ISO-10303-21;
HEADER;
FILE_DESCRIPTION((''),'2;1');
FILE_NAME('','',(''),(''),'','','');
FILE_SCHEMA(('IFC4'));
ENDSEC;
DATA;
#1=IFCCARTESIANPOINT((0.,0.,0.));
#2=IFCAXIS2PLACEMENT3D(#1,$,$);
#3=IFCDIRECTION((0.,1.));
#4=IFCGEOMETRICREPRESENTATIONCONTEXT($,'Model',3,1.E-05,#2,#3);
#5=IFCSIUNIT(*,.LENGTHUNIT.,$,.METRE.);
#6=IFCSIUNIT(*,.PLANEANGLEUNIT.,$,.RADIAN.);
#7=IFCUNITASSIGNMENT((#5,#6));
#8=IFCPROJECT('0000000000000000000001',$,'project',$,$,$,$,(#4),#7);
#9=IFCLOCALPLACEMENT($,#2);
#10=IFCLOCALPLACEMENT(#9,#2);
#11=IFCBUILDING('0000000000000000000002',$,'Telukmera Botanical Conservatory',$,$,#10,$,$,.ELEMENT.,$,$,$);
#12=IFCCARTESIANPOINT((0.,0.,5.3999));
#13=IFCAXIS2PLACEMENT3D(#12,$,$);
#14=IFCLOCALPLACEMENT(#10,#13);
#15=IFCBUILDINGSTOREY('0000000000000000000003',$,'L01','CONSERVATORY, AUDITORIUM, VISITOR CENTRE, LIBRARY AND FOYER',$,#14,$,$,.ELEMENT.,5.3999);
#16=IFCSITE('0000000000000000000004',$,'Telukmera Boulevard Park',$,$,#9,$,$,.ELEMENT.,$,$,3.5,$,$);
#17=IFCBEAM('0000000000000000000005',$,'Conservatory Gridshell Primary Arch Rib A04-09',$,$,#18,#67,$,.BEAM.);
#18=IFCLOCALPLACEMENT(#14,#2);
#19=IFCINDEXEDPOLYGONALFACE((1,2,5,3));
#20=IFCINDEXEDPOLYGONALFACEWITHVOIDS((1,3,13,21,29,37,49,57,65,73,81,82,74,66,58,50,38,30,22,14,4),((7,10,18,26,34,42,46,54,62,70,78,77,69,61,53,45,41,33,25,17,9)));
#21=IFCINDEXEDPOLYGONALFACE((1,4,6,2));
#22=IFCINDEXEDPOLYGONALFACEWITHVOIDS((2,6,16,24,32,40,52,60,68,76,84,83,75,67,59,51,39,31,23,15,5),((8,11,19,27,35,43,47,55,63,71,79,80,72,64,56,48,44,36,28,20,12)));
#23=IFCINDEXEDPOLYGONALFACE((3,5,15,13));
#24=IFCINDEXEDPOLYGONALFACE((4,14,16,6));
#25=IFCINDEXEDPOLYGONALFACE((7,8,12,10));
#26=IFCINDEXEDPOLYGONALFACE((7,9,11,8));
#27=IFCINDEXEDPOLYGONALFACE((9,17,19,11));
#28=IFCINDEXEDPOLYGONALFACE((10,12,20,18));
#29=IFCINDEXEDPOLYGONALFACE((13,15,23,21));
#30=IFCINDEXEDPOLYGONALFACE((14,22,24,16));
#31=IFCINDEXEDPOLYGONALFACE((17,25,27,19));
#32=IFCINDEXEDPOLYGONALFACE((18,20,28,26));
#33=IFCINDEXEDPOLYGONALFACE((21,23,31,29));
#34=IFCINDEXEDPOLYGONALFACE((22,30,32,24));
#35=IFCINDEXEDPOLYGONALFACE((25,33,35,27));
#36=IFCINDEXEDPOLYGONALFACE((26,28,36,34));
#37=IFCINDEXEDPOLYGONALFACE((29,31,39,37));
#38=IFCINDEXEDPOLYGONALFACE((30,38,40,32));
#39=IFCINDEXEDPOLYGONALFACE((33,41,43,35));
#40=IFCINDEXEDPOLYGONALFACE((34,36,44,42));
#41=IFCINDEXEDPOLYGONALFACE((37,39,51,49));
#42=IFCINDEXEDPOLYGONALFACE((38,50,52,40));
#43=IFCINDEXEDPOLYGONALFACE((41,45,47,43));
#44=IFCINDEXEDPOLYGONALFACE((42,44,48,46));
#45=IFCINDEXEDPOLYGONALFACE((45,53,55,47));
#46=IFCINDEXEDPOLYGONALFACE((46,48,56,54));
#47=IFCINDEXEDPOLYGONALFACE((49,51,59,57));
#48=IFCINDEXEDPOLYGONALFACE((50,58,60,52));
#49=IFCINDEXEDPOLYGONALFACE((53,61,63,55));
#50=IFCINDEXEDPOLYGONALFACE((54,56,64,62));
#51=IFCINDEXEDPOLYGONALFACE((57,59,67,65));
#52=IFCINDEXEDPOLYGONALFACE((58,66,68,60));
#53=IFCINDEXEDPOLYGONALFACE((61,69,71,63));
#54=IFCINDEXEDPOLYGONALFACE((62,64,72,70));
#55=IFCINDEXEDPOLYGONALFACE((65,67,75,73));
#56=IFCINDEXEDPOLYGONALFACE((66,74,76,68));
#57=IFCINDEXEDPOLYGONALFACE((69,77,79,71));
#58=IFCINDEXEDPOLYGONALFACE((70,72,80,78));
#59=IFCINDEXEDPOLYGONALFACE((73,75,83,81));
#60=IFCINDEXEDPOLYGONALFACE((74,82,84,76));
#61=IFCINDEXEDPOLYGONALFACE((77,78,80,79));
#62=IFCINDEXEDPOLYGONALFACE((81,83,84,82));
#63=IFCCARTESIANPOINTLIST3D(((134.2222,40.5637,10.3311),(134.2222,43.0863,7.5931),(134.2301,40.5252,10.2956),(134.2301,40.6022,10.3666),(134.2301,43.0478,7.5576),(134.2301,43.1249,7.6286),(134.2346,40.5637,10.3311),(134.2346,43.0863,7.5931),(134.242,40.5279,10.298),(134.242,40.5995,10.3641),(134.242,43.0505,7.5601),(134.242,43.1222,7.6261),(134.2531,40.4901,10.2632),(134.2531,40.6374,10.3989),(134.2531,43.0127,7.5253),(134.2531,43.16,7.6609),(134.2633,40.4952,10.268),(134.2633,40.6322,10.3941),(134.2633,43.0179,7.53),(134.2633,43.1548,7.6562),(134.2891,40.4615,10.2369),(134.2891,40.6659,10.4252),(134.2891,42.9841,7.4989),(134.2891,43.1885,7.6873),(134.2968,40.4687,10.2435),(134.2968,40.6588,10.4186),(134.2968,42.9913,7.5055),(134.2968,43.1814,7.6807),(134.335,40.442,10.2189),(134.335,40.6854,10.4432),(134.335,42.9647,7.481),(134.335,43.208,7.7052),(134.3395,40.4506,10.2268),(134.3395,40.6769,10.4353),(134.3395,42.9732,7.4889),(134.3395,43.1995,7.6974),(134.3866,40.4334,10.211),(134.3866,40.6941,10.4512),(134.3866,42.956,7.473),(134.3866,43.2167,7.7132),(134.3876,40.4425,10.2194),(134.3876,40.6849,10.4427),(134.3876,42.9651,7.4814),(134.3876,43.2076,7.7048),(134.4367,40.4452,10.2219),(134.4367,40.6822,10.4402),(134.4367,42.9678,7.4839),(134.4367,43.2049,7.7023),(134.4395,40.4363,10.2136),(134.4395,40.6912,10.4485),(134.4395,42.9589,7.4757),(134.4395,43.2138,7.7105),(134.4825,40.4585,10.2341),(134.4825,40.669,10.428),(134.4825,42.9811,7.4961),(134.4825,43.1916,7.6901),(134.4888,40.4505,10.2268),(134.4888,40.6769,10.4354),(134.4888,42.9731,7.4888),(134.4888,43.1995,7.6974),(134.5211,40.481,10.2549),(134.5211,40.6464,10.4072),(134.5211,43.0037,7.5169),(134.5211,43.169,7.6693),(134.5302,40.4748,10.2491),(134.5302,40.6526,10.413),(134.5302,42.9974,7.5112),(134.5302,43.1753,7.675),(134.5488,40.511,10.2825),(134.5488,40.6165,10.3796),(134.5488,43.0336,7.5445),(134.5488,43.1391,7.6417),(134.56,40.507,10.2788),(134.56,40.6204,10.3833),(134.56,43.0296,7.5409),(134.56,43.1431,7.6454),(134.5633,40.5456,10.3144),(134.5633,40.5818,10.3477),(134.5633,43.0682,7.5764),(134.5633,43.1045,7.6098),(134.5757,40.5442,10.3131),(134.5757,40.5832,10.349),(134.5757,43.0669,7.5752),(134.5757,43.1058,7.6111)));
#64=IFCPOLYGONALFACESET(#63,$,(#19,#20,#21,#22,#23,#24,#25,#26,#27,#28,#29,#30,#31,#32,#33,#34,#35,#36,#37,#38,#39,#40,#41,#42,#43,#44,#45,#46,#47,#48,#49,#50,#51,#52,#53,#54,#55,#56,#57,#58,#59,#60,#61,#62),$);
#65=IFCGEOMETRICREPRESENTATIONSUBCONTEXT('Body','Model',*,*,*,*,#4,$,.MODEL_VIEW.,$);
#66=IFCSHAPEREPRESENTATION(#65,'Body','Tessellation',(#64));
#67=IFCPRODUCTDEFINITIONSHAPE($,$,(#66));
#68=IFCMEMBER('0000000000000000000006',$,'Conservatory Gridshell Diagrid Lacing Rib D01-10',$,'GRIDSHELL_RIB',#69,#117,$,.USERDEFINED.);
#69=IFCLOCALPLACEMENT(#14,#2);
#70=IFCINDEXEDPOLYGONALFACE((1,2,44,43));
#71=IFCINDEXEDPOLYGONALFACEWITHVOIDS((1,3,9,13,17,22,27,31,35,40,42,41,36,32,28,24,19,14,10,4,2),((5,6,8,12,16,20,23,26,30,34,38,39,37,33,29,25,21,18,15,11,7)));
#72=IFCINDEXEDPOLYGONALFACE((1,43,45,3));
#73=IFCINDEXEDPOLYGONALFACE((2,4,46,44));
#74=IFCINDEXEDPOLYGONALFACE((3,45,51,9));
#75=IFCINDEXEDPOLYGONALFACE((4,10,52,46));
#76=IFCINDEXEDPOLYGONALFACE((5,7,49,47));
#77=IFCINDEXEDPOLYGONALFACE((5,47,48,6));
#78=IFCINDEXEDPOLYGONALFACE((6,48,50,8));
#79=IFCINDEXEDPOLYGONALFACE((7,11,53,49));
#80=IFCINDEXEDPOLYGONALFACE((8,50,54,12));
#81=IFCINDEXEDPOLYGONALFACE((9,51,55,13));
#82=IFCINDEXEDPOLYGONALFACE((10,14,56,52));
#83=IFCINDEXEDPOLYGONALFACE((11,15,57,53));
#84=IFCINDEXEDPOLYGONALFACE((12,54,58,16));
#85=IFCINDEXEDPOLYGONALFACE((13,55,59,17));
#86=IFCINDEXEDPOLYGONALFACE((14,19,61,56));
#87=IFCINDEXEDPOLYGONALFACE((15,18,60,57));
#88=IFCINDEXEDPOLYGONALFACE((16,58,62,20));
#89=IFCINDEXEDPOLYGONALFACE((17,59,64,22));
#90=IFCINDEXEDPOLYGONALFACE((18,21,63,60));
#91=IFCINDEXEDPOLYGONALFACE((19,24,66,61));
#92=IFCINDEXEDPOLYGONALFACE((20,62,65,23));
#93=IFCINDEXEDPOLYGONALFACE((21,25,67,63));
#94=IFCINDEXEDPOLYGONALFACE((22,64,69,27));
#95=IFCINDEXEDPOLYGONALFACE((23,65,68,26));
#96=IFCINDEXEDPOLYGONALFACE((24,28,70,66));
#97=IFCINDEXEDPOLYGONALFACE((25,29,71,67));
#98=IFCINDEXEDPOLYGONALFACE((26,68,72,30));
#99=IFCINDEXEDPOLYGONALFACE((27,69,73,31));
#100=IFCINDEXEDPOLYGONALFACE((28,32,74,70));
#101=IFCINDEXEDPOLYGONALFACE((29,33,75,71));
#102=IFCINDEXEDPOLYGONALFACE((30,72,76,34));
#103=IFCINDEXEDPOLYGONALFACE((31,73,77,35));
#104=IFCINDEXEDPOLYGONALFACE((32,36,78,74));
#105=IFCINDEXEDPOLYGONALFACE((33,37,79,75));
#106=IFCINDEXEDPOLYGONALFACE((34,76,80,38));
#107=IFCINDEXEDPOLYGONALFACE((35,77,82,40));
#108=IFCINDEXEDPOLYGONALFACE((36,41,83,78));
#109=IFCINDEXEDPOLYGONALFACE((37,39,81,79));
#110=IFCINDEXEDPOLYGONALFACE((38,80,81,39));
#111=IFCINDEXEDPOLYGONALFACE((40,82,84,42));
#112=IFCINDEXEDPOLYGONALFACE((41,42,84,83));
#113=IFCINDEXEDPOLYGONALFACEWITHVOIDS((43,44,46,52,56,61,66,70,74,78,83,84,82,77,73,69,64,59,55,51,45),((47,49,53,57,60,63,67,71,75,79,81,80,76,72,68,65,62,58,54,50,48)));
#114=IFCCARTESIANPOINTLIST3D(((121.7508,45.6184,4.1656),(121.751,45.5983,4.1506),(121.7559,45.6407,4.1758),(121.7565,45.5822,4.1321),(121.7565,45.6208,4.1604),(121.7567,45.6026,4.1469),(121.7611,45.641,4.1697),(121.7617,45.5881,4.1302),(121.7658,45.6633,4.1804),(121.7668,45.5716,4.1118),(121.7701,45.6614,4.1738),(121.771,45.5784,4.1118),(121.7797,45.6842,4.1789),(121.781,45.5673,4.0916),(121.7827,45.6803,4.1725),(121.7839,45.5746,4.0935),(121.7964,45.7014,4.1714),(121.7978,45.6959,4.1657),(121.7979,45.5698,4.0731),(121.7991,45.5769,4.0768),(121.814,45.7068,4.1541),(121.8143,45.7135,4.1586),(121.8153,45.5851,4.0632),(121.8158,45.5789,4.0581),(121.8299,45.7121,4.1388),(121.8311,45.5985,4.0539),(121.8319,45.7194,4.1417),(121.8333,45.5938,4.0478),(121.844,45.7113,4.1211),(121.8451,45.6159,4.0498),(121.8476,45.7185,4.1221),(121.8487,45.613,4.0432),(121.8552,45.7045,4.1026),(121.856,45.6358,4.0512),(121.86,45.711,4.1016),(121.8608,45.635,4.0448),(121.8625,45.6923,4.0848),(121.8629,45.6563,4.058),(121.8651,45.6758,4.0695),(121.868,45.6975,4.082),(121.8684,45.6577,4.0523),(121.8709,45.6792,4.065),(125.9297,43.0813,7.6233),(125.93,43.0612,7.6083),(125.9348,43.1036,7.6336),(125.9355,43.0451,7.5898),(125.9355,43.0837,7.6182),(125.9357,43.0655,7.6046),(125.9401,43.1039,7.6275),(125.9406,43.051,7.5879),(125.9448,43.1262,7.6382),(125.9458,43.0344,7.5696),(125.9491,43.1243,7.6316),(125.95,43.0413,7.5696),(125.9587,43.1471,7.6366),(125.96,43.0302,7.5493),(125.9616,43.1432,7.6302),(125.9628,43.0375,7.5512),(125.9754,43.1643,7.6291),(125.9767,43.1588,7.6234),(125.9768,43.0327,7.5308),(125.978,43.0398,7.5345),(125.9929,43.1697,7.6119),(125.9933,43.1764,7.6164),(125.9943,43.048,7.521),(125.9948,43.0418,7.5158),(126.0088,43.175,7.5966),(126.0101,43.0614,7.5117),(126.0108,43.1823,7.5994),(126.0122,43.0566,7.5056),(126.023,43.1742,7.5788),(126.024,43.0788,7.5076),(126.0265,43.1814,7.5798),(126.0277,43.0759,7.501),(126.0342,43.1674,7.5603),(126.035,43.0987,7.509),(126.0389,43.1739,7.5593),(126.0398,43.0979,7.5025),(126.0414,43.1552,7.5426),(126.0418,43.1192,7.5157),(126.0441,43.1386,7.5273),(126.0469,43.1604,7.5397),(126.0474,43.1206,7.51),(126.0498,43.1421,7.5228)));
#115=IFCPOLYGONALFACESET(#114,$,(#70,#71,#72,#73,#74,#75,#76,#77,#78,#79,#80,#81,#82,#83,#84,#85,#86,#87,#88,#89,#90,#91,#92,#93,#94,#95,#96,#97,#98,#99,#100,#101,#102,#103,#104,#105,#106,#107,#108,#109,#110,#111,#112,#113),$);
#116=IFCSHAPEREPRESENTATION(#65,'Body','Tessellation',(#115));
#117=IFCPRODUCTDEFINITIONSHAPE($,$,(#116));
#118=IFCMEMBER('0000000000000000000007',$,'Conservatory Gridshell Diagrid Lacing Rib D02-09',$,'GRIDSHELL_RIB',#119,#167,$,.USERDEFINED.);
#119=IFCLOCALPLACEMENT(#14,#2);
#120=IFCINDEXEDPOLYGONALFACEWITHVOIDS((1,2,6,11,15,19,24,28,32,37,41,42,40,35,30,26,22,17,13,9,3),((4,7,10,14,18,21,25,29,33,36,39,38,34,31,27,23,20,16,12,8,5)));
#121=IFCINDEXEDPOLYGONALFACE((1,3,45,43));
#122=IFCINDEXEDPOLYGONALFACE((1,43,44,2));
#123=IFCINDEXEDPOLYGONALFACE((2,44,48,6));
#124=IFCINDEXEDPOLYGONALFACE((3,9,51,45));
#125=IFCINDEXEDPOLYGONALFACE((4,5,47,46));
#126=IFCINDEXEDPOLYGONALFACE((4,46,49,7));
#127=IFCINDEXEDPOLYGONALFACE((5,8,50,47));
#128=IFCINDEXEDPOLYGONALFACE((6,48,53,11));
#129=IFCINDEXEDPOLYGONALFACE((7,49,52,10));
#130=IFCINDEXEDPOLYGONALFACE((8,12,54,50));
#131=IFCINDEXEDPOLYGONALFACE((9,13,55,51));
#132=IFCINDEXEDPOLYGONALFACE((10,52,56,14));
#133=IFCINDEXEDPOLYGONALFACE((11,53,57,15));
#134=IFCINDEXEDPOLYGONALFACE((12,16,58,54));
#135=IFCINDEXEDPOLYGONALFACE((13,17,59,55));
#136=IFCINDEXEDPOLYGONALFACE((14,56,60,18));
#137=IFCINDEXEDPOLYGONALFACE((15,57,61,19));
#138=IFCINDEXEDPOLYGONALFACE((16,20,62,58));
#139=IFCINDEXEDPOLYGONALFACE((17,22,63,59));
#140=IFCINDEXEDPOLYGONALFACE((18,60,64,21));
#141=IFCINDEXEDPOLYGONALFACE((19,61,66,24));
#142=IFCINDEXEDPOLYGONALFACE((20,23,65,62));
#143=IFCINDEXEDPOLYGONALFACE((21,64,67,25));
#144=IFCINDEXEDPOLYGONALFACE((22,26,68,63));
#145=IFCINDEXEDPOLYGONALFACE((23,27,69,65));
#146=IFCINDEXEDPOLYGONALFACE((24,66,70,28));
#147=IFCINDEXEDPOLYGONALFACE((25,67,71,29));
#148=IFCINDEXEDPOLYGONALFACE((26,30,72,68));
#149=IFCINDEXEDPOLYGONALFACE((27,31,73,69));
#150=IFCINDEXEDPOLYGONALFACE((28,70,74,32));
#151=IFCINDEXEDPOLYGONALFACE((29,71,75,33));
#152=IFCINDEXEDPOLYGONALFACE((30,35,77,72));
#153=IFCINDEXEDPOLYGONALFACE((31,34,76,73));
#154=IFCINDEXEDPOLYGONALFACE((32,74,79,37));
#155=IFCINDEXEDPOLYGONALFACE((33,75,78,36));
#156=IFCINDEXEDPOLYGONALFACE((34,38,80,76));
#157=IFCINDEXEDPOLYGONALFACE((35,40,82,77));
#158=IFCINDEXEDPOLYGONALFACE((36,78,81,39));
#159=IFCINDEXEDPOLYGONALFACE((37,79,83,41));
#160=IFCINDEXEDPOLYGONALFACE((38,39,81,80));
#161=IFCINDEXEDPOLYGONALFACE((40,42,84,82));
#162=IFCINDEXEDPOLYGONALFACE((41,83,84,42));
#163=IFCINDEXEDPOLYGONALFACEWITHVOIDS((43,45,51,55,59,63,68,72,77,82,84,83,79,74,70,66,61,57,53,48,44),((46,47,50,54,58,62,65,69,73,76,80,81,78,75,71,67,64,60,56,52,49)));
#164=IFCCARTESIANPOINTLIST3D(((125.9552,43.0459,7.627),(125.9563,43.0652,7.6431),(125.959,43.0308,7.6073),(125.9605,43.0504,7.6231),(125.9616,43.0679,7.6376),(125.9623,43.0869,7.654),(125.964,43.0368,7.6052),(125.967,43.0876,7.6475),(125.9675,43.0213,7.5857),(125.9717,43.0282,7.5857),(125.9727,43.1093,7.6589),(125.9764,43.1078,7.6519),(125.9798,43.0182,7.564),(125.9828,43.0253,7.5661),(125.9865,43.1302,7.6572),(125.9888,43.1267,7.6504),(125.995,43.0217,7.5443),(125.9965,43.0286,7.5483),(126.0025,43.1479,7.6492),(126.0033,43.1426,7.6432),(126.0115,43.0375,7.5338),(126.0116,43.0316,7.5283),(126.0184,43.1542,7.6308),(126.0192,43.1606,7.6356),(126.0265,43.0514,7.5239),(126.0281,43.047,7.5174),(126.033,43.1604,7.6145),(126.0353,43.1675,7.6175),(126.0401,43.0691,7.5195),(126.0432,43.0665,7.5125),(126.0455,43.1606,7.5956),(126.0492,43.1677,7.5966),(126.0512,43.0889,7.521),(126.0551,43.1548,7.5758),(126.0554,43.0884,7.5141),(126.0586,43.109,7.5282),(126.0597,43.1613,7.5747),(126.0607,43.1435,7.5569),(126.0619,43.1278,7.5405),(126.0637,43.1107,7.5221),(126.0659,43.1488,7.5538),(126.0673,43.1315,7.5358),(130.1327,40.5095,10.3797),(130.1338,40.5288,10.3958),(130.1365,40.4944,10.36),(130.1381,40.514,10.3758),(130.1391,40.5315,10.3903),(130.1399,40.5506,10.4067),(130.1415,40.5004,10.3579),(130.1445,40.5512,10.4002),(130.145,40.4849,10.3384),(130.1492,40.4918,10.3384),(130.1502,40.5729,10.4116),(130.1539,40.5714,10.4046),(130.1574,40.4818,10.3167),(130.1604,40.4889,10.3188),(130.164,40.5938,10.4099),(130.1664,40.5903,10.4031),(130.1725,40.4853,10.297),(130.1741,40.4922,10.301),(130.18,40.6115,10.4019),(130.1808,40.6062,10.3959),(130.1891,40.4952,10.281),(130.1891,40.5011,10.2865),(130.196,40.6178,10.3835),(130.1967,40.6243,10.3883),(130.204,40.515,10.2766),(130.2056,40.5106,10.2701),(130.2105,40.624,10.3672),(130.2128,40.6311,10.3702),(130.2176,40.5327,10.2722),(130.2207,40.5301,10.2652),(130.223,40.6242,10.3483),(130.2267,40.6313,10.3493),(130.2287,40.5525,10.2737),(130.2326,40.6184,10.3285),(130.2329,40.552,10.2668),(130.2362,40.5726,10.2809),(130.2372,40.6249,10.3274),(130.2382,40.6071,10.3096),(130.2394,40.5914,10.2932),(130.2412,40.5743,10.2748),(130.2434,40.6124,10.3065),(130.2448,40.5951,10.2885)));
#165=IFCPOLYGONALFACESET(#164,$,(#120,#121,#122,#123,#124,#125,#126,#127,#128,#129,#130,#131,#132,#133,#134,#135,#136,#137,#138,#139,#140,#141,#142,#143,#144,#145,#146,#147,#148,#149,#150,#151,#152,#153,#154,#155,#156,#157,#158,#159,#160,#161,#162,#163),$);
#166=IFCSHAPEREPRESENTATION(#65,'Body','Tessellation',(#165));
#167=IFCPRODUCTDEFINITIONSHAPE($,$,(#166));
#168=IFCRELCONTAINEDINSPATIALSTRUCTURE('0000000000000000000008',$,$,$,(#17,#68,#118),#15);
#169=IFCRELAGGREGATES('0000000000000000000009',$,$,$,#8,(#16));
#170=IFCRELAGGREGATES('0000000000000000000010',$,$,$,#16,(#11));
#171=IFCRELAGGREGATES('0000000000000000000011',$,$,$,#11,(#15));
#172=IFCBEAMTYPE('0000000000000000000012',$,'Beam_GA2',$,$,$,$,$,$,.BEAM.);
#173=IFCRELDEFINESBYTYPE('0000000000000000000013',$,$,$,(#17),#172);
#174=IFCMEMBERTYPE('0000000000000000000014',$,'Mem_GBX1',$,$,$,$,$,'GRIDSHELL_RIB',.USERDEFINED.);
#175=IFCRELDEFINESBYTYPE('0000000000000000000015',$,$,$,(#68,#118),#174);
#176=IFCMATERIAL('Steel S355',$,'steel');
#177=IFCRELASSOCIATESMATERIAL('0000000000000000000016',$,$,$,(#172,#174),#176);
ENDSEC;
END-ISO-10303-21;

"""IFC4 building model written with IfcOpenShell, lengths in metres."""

from ifc_helpers import new_model, si_unit, direction, frame, origin, origin_2d, place, context, subcontext, project, spatial, hollow_circle, extrude, material, material_profile, profile_set, type_object, element, save


model = new_model("IFC4")

# Units and contexts
model_context = context("Model", 3, precision=1e-05, world=origin(), true_north=direction((0.0, 1.0)))
body_context = subcontext(model_context, "Body", "Model", "MODEL_VIEW")
ifc_project = project(units=[si_unit("LENGTHUNIT", "METRE"), si_unit("PLANEANGLEUNIT", "RADIAN")], contexts=[model_context])

# Site, building, storey
site_placement = place(None, origin())
site = spatial("IfcSite", under=ifc_project, at=site_placement, Name="Telukmera Boulevard Park", CompositionType="ELEMENT", RefElevation=3.5)
building_placement = place(site_placement, origin())
building = spatial("IfcBuilding", under=site, at=building_placement, Name="Telukmera Botanical Conservatory", CompositionType="ELEMENT")
storey_placement = place(building_placement, frame((0.0, 0.0, 5.3999)))
storey = spatial("IfcBuildingStorey", under=building, at=storey_placement, Name="L01", Description="CONSERVATORY, AUDITORIUM, VISITOR CENTRE, LIBRARY AND FOYER", CompositionType="ELEMENT", Elevation=5.3999)

# Beam
ifc_material_1 = material(Name="Steel S355", Category="steel")
ifc_material_profile_1 = material_profile(ifc_material_1, hollow_circle(Radius=0.1777, WallThickness=0.0125, at=origin_2d()), Name="CHS 355.6x12.5")
ifc_profile_set_1 = profile_set([ifc_material_profile_1], Name="Steel S355")
beam_type_1 = type_object("IfcBeamType", Name="Beam_GA2", PredefinedType="BEAM", material=ifc_profile_set_1)
for number, where, z_axis, x_axis, name in (
    (1, (134.3999, 40.5637, 10.3311), (0.0, 0.677596, -0.735434), (-1.0, 0.0, 0.0), "Conservatory Gridshell Primary Arch Rib A04-09"),
):
    element("IfcBeam", number, at=place(storey_placement, frame(where, z_axis=z_axis, x_axis=x_axis)), inside=storey, type_object=beam_type_1, Name=name, PredefinedType="BEAM", context=body_context, shape_type="SweptSolid", body=[
        extrude(hollow_circle(Radius=0.1777, WallThickness=0.0125, at=origin_2d()), origin(), (0.0, 0.0, 1.0), 3.7229),
    ])

# Members
ifc_material_profile_2 = material_profile(ifc_material_1, hollow_circle(Radius=0.0842, WallThickness=0.0081, at=origin_2d()), Name="CHS 168.3x8.0")
ifc_profile_set_2 = profile_set([ifc_material_profile_2], Name="Steel S355")
member_type_1 = type_object("IfcMemberType", Name="Mem_GBX1", ElementType="GRIDSHELL_RIB", PredefinedType="USERDEFINED", material=ifc_profile_set_2)
member_1_placement = place(storey_placement, frame((125.9895, 43.1064, 7.5696), z_axis=(-0.697883, 0.423696, -0.577444), x_axis=(-0.518961, -0.854798, 0.0)))
element("IfcMember", 2, at=member_1_placement, inside=storey, type_object=member_type_1, Name="Conservatory Gridshell Diagrid Lacing Rib D01-10", ObjectType="GRIDSHELL_RIB", PredefinedType="USERDEFINED", context=body_context, shape_type="SweptSolid", body=[
    extrude(hollow_circle(Radius=0.0842, WallThickness=0.0081, at=origin_2d()), origin(), (0.0, 0.0, 1.0), 5.988),
])
member_2_placement = place(storey_placement, frame((130.1887, 40.5569, 10.3384), z_axis=(-0.744771, 0.45219, -0.490754), x_axis=(-0.518985, -0.854784, 0.0)))
element("IfcMember", 3, at=member_2_placement, inside=storey, type_object=member_type_1, Name="Conservatory Gridshell Diagrid Lacing Rib D02-09", ObjectType="GRIDSHELL_RIB", PredefinedType="USERDEFINED", context=body_context, shape_type="SweptSolid", body=[
    extrude(hollow_circle(Radius=0.0842, WallThickness=0.0081, at=origin_2d()), origin(), (0.0, 0.0, 1.0), 5.6091),
])

save(model, "model.ifc")
